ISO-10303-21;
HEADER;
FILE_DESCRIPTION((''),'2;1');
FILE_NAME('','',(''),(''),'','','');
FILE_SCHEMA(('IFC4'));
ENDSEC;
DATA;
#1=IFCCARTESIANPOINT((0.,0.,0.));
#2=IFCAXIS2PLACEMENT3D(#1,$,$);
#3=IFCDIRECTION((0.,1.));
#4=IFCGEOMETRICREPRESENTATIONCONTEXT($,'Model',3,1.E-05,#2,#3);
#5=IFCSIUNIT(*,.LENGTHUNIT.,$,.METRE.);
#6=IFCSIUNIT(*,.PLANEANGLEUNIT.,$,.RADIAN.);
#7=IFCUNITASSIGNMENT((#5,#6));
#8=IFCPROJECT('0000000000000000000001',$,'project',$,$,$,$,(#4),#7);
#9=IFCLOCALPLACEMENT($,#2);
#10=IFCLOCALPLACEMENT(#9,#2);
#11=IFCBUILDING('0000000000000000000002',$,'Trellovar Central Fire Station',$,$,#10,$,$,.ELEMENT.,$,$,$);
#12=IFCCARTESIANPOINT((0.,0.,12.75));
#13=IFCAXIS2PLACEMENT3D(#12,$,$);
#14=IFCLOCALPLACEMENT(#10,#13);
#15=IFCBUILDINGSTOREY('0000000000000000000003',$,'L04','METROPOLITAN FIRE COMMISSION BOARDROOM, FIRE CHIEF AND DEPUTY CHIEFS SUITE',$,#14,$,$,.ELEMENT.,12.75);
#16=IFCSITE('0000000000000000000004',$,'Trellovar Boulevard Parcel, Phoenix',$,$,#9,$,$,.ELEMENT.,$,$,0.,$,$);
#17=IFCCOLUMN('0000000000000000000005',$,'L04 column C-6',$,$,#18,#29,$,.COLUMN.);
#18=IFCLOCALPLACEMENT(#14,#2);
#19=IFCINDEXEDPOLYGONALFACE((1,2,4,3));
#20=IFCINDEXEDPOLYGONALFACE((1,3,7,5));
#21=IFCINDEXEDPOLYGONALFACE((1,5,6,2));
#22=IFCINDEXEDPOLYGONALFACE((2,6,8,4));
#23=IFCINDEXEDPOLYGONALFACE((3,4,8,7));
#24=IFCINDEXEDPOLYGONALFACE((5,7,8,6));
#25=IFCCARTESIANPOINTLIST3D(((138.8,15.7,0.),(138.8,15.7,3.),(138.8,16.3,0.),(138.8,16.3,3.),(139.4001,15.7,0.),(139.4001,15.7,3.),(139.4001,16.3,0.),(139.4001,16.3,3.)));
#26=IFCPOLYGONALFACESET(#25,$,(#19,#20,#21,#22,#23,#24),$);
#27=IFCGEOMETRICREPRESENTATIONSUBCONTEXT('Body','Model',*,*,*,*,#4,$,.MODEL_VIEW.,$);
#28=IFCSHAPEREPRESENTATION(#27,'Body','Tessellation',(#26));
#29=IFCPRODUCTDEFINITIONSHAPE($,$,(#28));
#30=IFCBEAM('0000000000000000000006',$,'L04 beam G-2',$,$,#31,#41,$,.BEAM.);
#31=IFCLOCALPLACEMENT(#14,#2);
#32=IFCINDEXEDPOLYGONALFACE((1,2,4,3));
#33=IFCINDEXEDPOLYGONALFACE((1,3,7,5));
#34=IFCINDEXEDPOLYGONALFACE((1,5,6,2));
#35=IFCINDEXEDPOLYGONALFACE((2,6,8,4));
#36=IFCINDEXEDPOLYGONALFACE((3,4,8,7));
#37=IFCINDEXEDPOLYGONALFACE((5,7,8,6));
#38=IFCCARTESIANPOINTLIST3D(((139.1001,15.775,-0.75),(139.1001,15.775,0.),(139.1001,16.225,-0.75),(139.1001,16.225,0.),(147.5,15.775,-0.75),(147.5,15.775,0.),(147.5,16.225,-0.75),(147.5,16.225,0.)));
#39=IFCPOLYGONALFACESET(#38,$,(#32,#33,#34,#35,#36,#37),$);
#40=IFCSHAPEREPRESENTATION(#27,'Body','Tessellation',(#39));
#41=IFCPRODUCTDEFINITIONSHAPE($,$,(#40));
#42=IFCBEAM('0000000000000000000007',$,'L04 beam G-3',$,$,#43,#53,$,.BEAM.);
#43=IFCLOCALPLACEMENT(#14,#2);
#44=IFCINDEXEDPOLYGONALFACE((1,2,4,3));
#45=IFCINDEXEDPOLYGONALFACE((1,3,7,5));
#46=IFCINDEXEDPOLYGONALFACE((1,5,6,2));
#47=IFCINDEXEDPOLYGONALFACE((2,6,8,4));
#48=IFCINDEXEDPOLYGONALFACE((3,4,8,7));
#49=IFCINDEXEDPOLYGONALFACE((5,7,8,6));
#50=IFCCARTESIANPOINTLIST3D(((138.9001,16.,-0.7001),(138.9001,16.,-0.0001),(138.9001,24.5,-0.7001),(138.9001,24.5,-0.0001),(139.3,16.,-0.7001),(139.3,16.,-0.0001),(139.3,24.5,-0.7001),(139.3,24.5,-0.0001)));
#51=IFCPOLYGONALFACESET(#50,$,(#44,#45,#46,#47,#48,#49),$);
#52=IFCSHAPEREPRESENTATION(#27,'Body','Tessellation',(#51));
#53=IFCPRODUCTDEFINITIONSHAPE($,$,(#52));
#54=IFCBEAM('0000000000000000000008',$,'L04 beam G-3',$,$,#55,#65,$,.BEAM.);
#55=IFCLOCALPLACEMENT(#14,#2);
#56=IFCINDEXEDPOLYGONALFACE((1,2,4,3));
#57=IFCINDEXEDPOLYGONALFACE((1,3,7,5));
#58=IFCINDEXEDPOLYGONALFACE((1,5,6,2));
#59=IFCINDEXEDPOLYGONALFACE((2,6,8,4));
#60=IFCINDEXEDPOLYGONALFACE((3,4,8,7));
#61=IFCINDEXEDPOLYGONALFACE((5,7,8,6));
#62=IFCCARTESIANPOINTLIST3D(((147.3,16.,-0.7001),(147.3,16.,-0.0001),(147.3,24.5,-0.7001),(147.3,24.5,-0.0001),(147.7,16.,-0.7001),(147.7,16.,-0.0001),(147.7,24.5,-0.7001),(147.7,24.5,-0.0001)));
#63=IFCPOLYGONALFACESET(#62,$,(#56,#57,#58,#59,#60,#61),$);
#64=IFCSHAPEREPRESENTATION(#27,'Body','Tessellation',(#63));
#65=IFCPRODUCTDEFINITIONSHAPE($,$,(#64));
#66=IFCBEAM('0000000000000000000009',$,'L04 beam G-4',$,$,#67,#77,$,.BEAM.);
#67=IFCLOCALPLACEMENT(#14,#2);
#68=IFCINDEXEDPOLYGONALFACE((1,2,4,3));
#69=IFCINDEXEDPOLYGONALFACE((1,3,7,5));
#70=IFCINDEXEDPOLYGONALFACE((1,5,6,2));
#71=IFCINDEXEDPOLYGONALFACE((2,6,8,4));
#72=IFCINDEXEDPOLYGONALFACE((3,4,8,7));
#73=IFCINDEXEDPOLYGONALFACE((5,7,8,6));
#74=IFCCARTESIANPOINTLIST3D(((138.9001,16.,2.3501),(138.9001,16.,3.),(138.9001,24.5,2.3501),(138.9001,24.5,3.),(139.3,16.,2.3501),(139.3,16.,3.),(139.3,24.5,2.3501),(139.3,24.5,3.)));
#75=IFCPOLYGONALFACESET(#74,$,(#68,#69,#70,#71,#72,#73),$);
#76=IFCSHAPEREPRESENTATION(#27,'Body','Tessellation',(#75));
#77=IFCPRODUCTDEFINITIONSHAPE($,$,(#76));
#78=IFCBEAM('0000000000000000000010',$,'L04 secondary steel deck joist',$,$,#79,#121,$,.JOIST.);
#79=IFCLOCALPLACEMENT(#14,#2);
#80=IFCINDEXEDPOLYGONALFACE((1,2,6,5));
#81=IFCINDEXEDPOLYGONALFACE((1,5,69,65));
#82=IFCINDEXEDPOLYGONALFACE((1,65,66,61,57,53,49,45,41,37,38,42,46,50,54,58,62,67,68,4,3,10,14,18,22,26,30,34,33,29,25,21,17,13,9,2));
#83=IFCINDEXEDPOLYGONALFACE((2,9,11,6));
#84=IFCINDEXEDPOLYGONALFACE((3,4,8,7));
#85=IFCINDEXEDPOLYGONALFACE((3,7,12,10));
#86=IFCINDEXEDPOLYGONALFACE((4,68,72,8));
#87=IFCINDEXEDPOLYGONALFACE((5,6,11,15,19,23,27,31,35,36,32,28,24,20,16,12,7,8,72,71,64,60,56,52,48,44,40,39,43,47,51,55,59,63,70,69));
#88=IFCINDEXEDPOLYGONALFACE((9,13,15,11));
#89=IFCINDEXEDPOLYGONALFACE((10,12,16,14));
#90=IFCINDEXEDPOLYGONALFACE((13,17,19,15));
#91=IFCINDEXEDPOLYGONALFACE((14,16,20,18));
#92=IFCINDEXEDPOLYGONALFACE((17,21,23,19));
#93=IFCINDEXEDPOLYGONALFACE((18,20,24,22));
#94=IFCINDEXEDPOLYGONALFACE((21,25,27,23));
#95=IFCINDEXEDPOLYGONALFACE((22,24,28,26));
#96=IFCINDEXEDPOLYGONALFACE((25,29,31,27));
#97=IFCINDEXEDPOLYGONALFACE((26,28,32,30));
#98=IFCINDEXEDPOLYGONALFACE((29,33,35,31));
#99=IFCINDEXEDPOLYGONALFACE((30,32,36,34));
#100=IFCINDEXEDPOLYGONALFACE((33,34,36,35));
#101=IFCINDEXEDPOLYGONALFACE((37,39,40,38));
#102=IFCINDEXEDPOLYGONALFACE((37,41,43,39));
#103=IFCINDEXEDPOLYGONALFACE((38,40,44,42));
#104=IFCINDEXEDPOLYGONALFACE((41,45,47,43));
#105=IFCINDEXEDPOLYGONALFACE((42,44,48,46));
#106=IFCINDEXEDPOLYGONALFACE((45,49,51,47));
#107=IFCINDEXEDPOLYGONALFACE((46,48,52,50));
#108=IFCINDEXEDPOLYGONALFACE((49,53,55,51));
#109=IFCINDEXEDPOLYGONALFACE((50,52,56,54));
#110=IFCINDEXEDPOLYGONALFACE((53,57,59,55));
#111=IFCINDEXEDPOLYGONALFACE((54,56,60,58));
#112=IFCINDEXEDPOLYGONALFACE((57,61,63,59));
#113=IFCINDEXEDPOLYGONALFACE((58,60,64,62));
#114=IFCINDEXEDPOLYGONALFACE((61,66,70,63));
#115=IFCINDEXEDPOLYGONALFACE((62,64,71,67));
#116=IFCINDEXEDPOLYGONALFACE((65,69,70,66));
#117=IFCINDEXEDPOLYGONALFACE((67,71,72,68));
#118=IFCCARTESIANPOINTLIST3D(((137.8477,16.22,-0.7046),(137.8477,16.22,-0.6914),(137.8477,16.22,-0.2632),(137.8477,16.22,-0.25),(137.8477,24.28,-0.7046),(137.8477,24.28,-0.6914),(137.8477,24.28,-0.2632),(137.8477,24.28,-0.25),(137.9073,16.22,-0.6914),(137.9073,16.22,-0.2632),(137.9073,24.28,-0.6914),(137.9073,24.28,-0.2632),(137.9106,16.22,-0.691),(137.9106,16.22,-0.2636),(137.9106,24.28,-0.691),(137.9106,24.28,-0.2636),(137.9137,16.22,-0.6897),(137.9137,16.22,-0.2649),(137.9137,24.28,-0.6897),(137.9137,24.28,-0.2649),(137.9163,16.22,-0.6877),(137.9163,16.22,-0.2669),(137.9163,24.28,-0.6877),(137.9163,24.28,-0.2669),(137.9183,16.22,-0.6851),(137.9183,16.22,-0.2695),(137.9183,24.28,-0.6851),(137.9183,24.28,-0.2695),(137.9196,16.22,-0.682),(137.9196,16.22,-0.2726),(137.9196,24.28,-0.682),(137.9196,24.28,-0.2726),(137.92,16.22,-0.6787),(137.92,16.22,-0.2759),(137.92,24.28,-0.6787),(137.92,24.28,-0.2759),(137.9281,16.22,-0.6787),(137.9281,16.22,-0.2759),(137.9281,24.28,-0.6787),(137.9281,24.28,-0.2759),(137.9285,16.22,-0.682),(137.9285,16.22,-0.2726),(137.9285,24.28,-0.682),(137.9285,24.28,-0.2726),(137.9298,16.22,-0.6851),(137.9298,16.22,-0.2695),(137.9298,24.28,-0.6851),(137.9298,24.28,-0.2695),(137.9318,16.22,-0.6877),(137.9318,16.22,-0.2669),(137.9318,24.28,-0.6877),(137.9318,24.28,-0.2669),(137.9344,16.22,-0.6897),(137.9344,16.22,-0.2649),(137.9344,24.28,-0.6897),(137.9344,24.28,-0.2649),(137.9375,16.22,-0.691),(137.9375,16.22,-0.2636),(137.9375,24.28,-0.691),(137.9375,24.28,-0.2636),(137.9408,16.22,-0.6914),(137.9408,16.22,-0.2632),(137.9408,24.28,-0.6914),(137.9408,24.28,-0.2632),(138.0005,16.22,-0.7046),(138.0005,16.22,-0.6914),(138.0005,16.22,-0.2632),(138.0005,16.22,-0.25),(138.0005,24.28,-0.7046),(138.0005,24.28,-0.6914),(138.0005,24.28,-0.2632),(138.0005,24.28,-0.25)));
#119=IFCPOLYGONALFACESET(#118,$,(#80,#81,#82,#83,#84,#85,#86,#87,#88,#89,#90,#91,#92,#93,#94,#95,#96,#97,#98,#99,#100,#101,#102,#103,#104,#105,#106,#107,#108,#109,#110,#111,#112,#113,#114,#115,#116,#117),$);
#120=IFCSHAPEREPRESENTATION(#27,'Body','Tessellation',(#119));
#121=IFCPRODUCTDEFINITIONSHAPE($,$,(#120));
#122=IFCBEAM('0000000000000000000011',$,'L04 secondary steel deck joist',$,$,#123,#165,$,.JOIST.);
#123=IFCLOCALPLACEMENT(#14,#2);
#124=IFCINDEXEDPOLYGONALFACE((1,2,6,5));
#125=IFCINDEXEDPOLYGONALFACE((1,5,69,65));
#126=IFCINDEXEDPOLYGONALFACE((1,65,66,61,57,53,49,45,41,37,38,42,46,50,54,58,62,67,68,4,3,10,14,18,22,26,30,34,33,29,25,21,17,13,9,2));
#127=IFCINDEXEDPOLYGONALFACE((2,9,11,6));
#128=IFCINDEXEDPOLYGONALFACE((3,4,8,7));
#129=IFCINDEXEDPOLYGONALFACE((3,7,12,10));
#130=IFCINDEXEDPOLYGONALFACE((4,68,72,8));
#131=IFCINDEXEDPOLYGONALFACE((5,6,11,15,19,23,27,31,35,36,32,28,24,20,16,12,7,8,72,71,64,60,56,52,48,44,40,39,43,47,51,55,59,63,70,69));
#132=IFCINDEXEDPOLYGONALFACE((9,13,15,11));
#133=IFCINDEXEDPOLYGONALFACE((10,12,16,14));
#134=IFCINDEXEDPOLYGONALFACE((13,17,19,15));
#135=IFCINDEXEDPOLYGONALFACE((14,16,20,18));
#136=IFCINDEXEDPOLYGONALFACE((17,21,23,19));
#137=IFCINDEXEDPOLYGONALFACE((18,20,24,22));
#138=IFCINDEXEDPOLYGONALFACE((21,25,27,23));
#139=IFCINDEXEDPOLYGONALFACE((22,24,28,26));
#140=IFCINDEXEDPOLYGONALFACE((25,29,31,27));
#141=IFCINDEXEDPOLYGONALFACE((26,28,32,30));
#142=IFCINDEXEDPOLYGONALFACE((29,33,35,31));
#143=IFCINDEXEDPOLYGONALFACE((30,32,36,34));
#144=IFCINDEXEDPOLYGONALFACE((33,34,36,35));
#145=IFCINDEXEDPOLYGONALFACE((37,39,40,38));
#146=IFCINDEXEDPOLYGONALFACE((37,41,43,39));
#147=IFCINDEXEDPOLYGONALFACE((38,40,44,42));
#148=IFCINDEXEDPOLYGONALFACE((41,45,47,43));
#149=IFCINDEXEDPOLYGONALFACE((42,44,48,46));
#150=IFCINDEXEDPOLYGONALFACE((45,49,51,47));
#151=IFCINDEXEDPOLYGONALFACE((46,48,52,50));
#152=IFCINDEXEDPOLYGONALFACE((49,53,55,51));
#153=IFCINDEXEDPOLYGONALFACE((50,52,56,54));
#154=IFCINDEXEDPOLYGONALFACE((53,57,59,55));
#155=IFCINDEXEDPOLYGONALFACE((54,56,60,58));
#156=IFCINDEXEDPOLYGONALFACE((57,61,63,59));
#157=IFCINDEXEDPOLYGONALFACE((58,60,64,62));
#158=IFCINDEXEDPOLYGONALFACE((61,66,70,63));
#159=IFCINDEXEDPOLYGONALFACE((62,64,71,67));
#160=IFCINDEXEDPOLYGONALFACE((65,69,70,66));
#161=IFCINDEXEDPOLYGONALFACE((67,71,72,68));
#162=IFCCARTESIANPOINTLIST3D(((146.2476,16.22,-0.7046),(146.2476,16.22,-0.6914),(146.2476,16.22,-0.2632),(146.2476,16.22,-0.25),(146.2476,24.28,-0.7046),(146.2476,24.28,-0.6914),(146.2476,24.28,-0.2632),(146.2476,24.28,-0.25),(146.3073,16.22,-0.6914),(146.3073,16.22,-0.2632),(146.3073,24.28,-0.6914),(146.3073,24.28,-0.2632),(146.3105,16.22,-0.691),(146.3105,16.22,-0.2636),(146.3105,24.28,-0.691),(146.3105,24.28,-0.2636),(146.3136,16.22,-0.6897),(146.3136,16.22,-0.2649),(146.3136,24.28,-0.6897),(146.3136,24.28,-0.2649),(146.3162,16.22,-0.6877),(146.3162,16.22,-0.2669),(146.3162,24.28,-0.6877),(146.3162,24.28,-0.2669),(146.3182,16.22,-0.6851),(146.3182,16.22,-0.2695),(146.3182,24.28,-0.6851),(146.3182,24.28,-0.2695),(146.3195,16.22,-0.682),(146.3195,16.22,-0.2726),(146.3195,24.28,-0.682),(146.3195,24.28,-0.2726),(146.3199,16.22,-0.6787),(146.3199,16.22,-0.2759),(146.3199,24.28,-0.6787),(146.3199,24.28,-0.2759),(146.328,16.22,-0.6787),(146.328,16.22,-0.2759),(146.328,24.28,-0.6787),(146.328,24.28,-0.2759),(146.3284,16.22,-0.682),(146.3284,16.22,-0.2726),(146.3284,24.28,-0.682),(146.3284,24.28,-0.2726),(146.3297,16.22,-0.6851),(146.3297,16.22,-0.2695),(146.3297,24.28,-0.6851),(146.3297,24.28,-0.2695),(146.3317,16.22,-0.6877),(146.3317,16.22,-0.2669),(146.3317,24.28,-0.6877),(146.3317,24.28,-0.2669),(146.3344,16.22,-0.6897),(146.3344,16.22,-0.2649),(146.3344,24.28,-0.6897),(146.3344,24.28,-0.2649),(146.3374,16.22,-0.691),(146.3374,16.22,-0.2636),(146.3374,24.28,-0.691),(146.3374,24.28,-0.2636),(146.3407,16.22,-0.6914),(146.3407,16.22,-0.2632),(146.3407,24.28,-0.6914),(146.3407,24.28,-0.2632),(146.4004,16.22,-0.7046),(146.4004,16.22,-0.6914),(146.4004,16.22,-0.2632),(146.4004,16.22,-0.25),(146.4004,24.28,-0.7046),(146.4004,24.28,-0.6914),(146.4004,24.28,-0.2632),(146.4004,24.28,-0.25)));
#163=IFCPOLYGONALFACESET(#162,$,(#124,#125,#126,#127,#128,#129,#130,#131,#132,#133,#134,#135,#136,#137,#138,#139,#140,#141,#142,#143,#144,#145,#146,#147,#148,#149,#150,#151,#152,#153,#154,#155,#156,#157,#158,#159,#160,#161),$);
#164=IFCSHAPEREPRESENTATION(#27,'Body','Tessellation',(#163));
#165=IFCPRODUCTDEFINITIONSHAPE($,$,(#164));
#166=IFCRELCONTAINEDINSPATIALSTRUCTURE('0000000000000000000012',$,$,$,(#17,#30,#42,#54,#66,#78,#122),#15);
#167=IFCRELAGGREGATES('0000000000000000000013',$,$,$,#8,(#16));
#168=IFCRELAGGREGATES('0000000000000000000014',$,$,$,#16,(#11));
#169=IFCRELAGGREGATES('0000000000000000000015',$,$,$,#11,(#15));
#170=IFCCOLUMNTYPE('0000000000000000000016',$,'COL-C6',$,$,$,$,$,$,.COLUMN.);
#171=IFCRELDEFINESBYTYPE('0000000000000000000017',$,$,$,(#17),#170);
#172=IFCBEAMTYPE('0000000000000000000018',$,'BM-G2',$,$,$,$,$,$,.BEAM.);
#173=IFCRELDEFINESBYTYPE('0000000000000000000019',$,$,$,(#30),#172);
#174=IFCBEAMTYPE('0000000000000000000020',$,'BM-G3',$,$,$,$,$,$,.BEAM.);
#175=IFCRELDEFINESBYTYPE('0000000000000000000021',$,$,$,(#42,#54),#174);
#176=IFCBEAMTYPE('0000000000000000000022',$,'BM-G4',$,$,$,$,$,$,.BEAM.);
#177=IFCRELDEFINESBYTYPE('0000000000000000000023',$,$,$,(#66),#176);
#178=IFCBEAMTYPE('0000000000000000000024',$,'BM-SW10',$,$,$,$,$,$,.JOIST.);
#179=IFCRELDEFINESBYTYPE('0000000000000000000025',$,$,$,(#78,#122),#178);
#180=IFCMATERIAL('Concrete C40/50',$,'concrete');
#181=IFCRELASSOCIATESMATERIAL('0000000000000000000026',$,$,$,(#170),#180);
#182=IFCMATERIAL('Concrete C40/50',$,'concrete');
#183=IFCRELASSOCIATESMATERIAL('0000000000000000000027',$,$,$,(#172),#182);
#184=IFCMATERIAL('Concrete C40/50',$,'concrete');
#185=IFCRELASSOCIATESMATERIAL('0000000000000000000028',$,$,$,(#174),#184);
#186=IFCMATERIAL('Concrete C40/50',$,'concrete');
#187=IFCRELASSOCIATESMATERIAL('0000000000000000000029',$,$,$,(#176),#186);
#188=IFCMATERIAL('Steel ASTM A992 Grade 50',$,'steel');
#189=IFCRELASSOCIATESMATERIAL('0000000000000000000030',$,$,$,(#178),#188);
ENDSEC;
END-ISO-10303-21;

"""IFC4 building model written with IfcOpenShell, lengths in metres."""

from ifc_helpers import new_model, si_unit, direction, frame, origin, origin_2d, place, context, subcontext, project, spatial, rectangle, i_section, extrude, material, material_profile, profile_set, type_object, element, save


model = new_model("IFC4")

# Units and contexts
model_context = context("Model", 3, precision=1e-05, world=origin(), true_north=direction((0.0, 1.0)))
body_context = subcontext(model_context, "Body", "Model", "MODEL_VIEW")
ifc_project = project(units=[si_unit("LENGTHUNIT", "METRE"), si_unit("PLANEANGLEUNIT", "RADIAN")], contexts=[model_context])

# Site, building, storey
site_placement = place(None, origin())
site = spatial("IfcSite", under=ifc_project, at=site_placement, Name="Trellovar Boulevard Parcel, Phoenix", CompositionType="ELEMENT", RefElevation=0.0)
building_placement = place(site_placement, origin())
building = spatial("IfcBuilding", under=site, at=building_placement, Name="Trellovar Central Fire Station", CompositionType="ELEMENT")
storey_placement = place(building_placement, frame((0.0, 0.0, 12.75)))
storey = spatial("IfcBuildingStorey", under=building, at=storey_placement, Name="L04", Description="METROPOLITAN FIRE COMMISSION BOARDROOM, FIRE CHIEF AND DEPUTY CHIEFS SUITE", CompositionType="ELEMENT", Elevation=12.75)

# Column
ifc_material_1 = material(Name="Concrete C40/50", Category="concrete")
ifc_material_profile_1 = material_profile(ifc_material_1, rectangle(XDim=0.6001, YDim=0.6001, at=origin_2d()), Name="RC600X600")
ifc_profile_set_1 = profile_set([ifc_material_profile_1], Name="Concrete C40/50")
column_type = type_object("IfcColumnType", Name="COL-C6", PredefinedType="COLUMN", material=ifc_profile_set_1)
column_placement = place(storey_placement, frame((139.1001, 16.0, 0.0), z_axis=(0.0, 0.0, 1.0), x_axis=(1.0, 0.0, 0.0)))
element("IfcColumn", 1, at=column_placement, inside=storey, type_object=column_type, Name="L04 column C-6", PredefinedType="COLUMN", context=body_context, shape_type="SweptSolid", body=[
    extrude(rectangle(XDim=0.6001, YDim=0.6001, at=origin_2d()), origin(), (0.0, 0.0, 1.0), 3.0),
])

# Beams
ifc_material_2 = material(Name="Concrete C40/50", Category="concrete")
ifc_material_profile_2 = material_profile(ifc_material_2, rectangle(XDim=0.45, YDim=0.75, at=origin_2d()), Name="RC450X750")
ifc_profile_set_2 = profile_set([ifc_material_profile_2], Name="Concrete C40/50")
beam_type_1 = type_object("IfcBeamType", Name="BM-G2", PredefinedType="BEAM", material=ifc_profile_set_2)
beam_1_placement = place(storey_placement, frame((139.1001, 16.0, -0.375), z_axis=(1.0, 0.0, 0.0), x_axis=(0.0, 1.0, 0.0)))
element("IfcBeam", 2, at=beam_1_placement, inside=storey, type_object=beam_type_1, Name="L04 beam G-2", PredefinedType="BEAM", context=body_context, shape_type="SweptSolid", body=[
    extrude(rectangle(XDim=0.45, YDim=0.75, at=origin_2d()), origin(), (0.0, 0.0, 1.0), 8.3999),
])
ifc_material_3 = material(Name="Concrete C40/50", Category="concrete")
ifc_material_profile_3 = material_profile(ifc_material_3, rectangle(XDim=0.3999, YDim=0.7, at=origin_2d()), Name="RC400X700")
ifc_profile_set_3 = profile_set([ifc_material_profile_3], Name="Concrete C40/50")
beam_type_2 = type_object("IfcBeamType", Name="BM-G3", PredefinedType="BEAM", material=ifc_profile_set_3)
for number, where, z_axis, x_axis, name in (
    (3, (139.1001, 16.0, -0.3501), (0.0, 1.0, 0.0), (-1.0, 0.0, 0.0), "L04 beam G-3"),
    (4, (147.5, 16.0, -0.3501), (0.0, 1.0, 0.0), (-1.0, 0.0, 0.0), "L04 beam G-3"),
):
    element("IfcBeam", number, at=place(storey_placement, frame(where, z_axis=z_axis, x_axis=x_axis)), inside=storey, type_object=beam_type_2, Name=name, PredefinedType="BEAM", context=body_context, shape_type="SweptSolid", body=[
        extrude(rectangle(XDim=0.3999, YDim=0.7, at=origin_2d()), origin(), (0.0, 0.0, 1.0), 8.5),
    ])
ifc_material_4 = material(Name="Concrete C40/50", Category="concrete")
ifc_material_profile_4 = material_profile(ifc_material_4, rectangle(XDim=0.3999, YDim=0.6499, at=origin_2d()), Name="RC400X650")
ifc_profile_set_4 = profile_set([ifc_material_profile_4], Name="Concrete C40/50")
beam_type_3 = type_object("IfcBeamType", Name="BM-G4", PredefinedType="BEAM", material=ifc_profile_set_4)
beam_2_placement = place(storey_placement, frame((139.1001, 16.0, 2.675), z_axis=(0.0, 1.0, 0.0), x_axis=(-1.0, 0.0, 0.0)))
element("IfcBeam", 5, at=beam_2_placement, inside=storey, type_object=beam_type_3, Name="L04 beam G-4", PredefinedType="BEAM", context=body_context, shape_type="SweptSolid", body=[
    extrude(rectangle(XDim=0.3999, YDim=0.6499, at=origin_2d()), origin(), (0.0, 0.0, 1.0), 8.5),
])
ifc_material_5 = material(Name="Steel ASTM A992 Grade 50", Category="steel")
ifc_material_profile_5 = material_profile(ifc_material_5, i_section(OverallWidth=0.1528, OverallDepth=0.4546, WebThickness=0.0081, FlangeThickness=0.0132, FilletRadius=0.0127, at=origin_2d()), Name="W18X40")
ifc_profile_set_5 = profile_set([ifc_material_profile_5], Name="Steel ASTM A992 Grade 50")
beam_type_4 = type_object("IfcBeamType", Name="BM-SW10", PredefinedType="JOIST", material=ifc_profile_set_5)
for number, where, z_axis, x_axis, name in (
    (6, (137.9241, 16.22, -0.4773), (0.0, 1.0, 0.0), (-1.0, 0.0, 0.0), "L04 secondary steel deck joist"),
    (7, (146.324, 16.22, -0.4773), (0.0, 1.0, 0.0), (-1.0, 0.0, 0.0), "L04 secondary steel deck joist"),
):
    element("IfcBeam", number, at=place(storey_placement, frame(where, z_axis=z_axis, x_axis=x_axis)), inside=storey, type_object=beam_type_4, Name=name, PredefinedType="JOIST", context=body_context, shape_type="SweptSolid", body=[
        extrude(i_section(OverallWidth=0.1528, OverallDepth=0.4546, WebThickness=0.0081, FlangeThickness=0.0132, FilletRadius=0.0127, at=origin_2d()), origin(), (0.0, 0.0, 1.0), 8.0601),
    ])

save(model, "model.ifc")
